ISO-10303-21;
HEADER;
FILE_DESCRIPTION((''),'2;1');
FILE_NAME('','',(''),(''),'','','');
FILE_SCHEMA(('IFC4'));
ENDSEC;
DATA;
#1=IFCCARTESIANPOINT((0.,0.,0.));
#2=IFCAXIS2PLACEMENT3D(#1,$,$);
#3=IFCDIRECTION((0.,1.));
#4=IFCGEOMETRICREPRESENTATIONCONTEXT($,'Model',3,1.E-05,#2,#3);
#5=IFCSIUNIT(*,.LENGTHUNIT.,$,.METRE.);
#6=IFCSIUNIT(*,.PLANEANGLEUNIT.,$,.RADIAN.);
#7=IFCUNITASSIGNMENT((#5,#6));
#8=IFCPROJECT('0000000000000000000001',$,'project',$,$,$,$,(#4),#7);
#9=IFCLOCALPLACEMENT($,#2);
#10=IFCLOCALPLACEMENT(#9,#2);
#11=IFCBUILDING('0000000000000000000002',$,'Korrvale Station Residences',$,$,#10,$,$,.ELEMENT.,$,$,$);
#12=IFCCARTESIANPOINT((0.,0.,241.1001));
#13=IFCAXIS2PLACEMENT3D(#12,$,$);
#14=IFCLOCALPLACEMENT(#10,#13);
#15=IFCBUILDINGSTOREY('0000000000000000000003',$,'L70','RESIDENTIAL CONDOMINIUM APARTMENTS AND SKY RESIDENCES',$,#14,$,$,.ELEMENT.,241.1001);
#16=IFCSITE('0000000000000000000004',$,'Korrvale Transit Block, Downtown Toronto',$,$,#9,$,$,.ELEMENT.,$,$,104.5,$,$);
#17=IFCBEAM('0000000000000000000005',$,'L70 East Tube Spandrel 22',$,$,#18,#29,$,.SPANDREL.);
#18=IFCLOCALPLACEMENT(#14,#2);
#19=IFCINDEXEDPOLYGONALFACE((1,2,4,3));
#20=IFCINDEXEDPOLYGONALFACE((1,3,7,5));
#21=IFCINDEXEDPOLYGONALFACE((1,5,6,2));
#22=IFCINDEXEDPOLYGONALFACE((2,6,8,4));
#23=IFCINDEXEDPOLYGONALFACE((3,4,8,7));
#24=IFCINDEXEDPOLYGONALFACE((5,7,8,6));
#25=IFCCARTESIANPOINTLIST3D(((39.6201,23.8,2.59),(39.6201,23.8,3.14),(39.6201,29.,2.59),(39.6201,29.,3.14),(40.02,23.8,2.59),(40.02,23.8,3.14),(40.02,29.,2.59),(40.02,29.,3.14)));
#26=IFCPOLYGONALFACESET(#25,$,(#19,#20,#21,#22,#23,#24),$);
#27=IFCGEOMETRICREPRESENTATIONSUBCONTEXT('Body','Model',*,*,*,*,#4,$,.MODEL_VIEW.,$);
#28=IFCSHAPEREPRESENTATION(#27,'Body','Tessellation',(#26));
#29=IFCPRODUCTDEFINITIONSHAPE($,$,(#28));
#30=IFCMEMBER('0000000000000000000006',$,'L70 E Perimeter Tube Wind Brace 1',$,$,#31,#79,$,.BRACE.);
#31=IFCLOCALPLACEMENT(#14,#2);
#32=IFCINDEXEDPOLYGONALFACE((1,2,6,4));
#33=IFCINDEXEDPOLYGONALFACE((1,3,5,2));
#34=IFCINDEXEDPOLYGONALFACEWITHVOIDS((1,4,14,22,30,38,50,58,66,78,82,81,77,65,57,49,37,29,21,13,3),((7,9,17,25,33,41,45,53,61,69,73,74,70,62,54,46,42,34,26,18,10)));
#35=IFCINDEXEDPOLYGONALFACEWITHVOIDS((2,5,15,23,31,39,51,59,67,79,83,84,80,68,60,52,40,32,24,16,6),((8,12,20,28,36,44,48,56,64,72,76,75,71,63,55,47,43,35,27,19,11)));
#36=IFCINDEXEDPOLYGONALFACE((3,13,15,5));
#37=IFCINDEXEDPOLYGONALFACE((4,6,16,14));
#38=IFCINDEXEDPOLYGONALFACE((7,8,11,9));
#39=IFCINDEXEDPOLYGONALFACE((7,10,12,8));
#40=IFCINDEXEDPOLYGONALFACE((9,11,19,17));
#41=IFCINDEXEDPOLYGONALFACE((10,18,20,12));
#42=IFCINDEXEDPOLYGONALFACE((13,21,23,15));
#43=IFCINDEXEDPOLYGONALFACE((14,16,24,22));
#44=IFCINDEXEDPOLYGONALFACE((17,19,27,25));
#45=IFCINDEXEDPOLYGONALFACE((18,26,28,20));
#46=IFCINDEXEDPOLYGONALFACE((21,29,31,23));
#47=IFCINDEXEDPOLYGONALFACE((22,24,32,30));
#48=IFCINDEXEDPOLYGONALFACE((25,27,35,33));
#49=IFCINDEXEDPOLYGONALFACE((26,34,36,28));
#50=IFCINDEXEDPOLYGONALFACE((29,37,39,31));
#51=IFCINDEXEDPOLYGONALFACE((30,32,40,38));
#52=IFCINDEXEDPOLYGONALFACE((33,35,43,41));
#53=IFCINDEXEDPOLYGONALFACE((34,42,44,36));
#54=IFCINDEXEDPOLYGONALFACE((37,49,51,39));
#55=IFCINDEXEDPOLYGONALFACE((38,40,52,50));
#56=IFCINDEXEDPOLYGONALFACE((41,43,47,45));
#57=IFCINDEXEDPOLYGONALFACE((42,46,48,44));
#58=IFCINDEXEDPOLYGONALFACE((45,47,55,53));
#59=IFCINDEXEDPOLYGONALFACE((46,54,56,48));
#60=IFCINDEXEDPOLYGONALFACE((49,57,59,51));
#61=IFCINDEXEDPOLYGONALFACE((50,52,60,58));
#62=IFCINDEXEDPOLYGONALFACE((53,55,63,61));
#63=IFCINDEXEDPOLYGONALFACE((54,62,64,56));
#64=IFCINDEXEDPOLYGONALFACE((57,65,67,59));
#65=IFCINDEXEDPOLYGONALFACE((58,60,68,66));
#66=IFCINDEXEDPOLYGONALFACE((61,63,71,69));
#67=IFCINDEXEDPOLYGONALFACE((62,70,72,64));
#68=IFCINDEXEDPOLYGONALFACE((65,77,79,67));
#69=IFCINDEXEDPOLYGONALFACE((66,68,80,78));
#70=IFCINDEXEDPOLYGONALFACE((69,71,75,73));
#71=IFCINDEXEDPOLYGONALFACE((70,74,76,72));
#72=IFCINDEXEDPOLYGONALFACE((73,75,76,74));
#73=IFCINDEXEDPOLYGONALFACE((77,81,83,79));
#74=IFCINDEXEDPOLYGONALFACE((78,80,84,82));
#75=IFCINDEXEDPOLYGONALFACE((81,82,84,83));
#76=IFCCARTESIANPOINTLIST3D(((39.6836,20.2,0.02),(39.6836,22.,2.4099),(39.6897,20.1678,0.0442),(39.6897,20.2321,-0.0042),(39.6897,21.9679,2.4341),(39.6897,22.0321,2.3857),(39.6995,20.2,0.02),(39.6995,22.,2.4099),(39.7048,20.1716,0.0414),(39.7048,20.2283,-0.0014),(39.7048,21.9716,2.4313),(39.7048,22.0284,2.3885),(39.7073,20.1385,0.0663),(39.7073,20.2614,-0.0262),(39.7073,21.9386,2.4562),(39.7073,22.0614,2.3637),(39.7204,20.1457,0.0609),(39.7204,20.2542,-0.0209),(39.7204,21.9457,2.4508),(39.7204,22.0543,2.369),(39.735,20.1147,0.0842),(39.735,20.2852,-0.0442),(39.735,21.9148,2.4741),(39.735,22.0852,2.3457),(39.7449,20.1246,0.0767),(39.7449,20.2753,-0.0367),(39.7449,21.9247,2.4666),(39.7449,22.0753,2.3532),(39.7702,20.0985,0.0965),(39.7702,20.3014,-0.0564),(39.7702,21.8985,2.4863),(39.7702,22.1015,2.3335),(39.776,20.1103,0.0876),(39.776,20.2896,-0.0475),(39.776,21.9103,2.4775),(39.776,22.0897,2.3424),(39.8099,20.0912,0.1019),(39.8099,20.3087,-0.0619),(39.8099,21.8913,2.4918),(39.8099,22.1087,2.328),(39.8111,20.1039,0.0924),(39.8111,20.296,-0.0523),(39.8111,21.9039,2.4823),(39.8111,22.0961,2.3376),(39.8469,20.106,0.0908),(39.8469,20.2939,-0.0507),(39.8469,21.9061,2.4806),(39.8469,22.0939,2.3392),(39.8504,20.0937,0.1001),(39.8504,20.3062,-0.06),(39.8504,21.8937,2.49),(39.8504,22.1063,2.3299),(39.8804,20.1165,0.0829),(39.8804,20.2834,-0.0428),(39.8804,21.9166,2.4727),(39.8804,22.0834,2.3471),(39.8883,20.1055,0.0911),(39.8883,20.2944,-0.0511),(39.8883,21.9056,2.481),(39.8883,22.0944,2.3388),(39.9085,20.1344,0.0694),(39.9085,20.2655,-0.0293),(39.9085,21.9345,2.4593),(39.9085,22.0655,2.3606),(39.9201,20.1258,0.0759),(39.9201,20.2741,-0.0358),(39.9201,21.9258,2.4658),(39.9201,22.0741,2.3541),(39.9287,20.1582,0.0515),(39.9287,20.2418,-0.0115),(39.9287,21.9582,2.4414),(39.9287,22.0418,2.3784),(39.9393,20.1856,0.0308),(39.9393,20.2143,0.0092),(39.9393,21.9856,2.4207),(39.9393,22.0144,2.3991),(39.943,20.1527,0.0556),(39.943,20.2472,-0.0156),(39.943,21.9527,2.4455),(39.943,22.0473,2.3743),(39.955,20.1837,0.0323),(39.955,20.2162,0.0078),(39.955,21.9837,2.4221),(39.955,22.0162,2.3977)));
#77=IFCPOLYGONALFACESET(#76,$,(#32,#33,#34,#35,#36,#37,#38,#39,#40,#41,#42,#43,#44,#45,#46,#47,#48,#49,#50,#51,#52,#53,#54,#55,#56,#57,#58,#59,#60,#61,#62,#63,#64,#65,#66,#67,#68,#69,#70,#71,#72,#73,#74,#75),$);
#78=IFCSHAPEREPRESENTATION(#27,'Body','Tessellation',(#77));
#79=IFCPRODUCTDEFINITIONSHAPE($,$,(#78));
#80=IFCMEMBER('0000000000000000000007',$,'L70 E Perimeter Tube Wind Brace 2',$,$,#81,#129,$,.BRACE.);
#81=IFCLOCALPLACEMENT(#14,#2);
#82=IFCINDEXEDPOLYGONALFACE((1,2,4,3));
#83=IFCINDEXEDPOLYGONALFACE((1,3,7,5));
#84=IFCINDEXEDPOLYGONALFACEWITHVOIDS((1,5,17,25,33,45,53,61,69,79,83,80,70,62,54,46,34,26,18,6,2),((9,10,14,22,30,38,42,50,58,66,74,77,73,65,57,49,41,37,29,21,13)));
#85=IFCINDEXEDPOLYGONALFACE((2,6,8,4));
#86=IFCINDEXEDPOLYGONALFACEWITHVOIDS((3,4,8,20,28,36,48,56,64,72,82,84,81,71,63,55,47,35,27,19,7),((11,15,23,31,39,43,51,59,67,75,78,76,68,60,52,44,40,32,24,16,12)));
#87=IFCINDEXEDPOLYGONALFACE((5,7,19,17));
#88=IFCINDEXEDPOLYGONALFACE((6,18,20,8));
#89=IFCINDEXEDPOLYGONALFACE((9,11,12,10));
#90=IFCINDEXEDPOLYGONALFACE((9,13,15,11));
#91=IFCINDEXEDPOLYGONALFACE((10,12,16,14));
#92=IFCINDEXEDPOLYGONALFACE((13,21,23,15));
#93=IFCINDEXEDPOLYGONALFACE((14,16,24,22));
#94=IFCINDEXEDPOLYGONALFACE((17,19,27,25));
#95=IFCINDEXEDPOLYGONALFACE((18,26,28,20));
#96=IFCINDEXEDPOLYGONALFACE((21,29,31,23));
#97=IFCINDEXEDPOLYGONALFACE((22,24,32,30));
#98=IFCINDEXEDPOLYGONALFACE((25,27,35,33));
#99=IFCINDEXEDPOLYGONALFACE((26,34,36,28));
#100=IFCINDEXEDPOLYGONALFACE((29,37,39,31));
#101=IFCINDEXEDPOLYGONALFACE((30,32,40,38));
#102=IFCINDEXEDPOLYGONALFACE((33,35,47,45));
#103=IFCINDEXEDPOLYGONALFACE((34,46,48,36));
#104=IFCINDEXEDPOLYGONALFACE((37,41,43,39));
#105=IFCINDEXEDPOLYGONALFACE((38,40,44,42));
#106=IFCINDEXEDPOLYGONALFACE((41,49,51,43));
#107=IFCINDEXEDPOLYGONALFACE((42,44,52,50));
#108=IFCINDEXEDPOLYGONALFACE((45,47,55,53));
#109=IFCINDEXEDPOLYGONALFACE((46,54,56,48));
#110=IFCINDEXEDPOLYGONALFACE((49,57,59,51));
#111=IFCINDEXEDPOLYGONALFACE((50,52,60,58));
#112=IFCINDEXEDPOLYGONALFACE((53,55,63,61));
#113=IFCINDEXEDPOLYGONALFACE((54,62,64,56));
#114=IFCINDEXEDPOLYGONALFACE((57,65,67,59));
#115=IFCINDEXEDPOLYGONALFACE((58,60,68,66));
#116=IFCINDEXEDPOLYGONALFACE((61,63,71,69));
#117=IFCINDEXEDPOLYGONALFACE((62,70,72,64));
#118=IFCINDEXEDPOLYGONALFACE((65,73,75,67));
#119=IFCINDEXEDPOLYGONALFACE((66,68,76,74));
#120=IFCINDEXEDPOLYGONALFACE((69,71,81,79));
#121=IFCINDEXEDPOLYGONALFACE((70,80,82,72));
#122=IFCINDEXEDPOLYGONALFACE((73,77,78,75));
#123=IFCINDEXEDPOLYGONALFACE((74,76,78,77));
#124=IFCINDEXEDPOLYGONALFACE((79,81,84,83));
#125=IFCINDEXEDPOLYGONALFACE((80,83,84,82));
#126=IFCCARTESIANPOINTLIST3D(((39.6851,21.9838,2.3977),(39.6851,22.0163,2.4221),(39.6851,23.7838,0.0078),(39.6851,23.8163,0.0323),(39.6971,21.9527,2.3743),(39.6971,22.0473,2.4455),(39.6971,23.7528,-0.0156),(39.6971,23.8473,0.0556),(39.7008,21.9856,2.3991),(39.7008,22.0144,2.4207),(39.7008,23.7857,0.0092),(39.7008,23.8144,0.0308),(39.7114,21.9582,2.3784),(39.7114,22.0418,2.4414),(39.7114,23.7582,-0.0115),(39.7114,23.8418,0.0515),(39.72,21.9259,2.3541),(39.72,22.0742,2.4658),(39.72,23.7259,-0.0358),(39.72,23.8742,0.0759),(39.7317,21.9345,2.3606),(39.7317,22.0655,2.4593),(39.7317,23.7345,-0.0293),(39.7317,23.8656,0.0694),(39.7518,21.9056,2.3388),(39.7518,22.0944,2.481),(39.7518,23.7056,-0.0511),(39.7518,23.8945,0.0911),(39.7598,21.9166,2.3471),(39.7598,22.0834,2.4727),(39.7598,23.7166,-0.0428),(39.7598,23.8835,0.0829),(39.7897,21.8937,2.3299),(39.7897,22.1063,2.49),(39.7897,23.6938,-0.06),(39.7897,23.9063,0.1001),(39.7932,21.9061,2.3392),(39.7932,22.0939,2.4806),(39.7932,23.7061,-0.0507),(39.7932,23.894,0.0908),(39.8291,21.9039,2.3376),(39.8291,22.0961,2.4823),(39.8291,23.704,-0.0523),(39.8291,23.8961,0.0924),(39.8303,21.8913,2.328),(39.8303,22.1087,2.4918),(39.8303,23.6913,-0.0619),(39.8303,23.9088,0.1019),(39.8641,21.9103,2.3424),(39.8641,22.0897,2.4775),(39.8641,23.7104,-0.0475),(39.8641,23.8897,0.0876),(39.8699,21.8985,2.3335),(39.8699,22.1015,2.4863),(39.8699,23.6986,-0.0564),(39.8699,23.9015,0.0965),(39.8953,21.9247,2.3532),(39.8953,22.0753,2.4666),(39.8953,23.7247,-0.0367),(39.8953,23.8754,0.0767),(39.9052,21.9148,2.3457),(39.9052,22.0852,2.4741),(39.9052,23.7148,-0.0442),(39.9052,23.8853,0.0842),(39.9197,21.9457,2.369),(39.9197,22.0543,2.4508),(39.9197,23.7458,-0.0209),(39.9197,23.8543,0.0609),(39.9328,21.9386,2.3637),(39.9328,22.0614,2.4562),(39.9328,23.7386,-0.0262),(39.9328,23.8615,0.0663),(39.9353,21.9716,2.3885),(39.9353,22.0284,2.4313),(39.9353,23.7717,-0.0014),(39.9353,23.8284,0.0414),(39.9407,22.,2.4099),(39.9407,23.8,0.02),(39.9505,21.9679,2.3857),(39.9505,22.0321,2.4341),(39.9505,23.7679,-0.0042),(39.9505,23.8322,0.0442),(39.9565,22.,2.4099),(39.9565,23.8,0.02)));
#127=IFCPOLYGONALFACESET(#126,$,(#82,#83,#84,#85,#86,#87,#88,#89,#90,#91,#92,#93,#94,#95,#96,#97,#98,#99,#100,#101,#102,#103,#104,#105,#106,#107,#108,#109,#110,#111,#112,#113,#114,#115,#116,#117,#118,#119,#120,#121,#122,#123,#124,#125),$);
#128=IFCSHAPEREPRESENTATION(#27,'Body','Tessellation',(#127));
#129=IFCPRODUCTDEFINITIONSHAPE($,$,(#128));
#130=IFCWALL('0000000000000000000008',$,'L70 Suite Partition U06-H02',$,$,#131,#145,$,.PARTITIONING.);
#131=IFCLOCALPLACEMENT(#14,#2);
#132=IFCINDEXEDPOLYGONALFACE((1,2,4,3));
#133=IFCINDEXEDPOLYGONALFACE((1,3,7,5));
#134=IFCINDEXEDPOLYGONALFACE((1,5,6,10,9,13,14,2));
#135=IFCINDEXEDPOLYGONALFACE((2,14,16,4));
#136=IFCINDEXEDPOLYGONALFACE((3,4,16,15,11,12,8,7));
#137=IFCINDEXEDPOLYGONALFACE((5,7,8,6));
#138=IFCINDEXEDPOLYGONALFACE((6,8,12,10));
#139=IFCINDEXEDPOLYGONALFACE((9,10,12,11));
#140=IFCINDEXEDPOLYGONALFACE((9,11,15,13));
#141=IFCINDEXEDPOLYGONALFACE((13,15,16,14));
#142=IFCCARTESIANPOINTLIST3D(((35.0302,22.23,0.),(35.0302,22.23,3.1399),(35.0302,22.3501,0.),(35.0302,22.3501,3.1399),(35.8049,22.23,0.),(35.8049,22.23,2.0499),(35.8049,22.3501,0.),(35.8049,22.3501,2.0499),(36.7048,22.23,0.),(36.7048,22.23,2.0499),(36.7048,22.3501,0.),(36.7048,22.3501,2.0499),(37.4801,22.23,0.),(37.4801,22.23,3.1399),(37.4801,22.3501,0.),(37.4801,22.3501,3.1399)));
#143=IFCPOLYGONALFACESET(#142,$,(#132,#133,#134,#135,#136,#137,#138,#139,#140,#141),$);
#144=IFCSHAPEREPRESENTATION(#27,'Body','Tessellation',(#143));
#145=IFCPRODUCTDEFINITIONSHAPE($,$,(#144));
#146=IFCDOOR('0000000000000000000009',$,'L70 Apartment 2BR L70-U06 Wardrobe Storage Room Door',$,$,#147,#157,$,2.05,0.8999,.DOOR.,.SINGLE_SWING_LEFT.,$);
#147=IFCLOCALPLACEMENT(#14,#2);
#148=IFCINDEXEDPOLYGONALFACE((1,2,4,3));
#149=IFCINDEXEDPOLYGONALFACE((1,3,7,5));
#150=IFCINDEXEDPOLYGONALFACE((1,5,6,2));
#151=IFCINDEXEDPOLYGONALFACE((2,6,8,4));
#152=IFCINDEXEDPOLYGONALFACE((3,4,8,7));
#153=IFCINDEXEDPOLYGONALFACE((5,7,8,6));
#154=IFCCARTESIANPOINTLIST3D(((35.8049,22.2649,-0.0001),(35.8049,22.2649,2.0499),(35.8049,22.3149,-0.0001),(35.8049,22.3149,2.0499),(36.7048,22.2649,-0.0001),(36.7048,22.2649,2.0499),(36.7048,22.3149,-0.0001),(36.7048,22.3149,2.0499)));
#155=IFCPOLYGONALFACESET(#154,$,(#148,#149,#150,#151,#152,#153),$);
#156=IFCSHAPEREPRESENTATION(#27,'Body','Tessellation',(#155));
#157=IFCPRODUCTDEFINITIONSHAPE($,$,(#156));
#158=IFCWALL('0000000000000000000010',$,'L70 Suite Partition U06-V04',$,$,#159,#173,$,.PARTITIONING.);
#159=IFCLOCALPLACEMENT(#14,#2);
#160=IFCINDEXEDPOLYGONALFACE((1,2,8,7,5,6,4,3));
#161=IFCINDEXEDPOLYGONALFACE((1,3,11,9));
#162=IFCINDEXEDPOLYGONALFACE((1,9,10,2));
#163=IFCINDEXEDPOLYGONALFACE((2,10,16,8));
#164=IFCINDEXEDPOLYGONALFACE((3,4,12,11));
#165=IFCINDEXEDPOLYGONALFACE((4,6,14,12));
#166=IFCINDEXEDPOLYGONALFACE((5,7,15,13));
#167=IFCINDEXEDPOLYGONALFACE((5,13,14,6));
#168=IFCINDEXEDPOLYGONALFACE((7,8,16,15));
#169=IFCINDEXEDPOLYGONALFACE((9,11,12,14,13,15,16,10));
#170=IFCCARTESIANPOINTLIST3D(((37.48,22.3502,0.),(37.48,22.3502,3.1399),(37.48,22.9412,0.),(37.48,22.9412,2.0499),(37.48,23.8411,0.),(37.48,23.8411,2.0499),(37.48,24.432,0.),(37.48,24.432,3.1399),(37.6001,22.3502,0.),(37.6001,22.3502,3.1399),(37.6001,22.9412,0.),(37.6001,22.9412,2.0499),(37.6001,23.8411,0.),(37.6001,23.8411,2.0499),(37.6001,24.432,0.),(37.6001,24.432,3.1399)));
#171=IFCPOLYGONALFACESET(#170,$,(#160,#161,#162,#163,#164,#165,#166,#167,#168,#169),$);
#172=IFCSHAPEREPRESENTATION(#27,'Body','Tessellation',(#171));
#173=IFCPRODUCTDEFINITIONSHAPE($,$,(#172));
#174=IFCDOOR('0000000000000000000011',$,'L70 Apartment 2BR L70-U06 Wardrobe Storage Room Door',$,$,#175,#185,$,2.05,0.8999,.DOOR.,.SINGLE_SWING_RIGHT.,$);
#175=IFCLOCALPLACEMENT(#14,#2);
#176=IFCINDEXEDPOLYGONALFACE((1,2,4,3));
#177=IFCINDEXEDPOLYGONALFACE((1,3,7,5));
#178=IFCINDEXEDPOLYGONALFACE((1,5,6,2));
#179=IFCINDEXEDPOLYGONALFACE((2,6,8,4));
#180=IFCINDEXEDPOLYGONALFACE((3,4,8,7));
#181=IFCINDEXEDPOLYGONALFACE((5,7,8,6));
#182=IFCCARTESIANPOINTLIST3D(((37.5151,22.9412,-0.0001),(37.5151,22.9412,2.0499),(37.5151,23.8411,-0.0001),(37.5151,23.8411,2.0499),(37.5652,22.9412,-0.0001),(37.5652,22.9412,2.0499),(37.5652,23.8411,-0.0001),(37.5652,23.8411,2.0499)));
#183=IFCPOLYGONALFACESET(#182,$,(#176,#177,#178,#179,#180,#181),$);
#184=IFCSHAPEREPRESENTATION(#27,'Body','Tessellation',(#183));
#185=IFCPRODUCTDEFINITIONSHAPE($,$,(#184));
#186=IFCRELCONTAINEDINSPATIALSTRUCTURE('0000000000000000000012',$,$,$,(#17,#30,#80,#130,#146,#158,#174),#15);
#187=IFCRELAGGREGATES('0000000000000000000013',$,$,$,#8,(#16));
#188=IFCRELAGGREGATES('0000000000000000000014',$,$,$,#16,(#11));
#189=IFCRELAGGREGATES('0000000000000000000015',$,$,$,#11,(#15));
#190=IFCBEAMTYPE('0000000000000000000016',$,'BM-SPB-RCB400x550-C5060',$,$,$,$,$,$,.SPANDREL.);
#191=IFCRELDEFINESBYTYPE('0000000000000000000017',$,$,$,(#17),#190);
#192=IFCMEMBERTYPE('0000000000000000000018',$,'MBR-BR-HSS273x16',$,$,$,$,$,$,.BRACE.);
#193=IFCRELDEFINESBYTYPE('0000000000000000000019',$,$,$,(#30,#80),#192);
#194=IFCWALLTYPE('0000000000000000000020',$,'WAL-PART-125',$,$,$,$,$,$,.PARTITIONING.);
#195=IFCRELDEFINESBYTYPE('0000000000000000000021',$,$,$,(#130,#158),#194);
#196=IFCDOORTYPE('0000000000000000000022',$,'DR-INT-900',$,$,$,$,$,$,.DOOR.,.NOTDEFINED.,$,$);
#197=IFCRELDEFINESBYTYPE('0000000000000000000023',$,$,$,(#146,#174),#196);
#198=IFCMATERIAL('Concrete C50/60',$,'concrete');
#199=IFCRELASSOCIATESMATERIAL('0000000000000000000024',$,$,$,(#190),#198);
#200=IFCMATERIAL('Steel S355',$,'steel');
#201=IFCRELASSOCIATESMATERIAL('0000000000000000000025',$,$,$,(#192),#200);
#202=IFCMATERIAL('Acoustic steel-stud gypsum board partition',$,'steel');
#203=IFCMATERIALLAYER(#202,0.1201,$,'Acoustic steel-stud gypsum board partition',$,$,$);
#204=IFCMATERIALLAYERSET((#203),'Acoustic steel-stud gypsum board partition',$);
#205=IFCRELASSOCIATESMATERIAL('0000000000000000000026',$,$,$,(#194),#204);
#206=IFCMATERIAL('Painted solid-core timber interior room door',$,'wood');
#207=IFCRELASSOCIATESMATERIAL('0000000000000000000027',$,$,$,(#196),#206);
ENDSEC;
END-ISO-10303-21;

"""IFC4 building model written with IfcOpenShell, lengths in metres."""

from ifc_helpers import new_model, si_unit, direction, frame, frame_2d, origin, origin_2d, place, context, subcontext, project, spatial, rectangle, hollow_circle, extrude, material, layer, layer_set, material_profile, profile_set, type_object, element, fill, save


model = new_model("IFC4")

# Units and contexts
model_context = context("Model", 3, precision=1e-05, world=origin(), true_north=direction((0.0, 1.0)))
body_context = subcontext(model_context, "Body", "Model", "MODEL_VIEW")
ifc_project = project(units=[si_unit("LENGTHUNIT", "METRE"), si_unit("PLANEANGLEUNIT", "RADIAN")], contexts=[model_context])

# Site, building, storey
site_placement = place(None, origin())
site = spatial("IfcSite", under=ifc_project, at=site_placement, Name="Korrvale Transit Block, Downtown Toronto", CompositionType="ELEMENT", RefElevation=104.5)
building_placement = place(site_placement, origin())
building = spatial("IfcBuilding", under=site, at=building_placement, Name="Korrvale Station Residences", CompositionType="ELEMENT")
storey_placement = place(building_placement, frame((0.0, 0.0, 241.1001)))
storey = spatial("IfcBuildingStorey", under=building, at=storey_placement, Name="L70", Description="RESIDENTIAL CONDOMINIUM APARTMENTS AND SKY RESIDENCES", CompositionType="ELEMENT", Elevation=241.1001)

# Shared definitions
ifc_material_1 = material(Name="Concrete C50/60", Category="concrete")

# Beam
ifc_material_2 = material(Name="Steel S355", Category="steel")
ifc_material_profile_1 = material_profile(ifc_material_1, rectangle(XDim=0.3999, YDim=0.55, at=origin_2d()), Name="RCB400x550")
ifc_profile_set_1 = profile_set([ifc_material_profile_1], Name="Concrete C50/60")
beam_type_1 = type_object("IfcBeamType", Name="BM-SPB-RCB400x550-C5060", PredefinedType="SPANDREL", material=ifc_profile_set_1)
beam_1_placement = place(storey_placement, frame((39.8201, 23.8, 2.865), z_axis=(0.0, 1.0, 0.0), x_axis=(-1.0, 0.0, 0.0)))
element("IfcBeam", 1, at=beam_1_placement, inside=storey, type_object=beam_type_1, Name="L70 East Tube Spandrel 22", PredefinedType="SPANDREL", context=body_context, shape_type="SweptSolid", body=[
    extrude(rectangle(XDim=0.3999, YDim=0.55, at=origin_2d()), origin(), (0.0, 0.0, 1.0), 5.2),
])

# Members
ifc_material_profile_2 = material_profile(ifc_material_2, hollow_circle(Radius=0.1365, WallThickness=0.0159, at=origin_2d()), Name="HSS273x16")
ifc_profile_set_2 = profile_set([ifc_material_profile_2], Name="Steel S355")
member_type = type_object("IfcMemberType", Name="MBR-BR-HSS273x16", PredefinedType="BRACE", material=ifc_profile_set_2)
for number, where, z_axis, x_axis, name in (
    (2, (39.8201, 20.2, 0.02), (0.0, 0.601631, 0.798774), (-1.0, 0.0, 0.0), "L70 E Perimeter Tube Wind Brace 1"),
    (3, (39.8201, 23.8, 0.02), (0.0, -0.601631, 0.798774), (1.0, 0.0, 0.0), "L70 E Perimeter Tube Wind Brace 2"),
):
    element("IfcMember", number, at=place(storey_placement, frame(where, z_axis=z_axis, x_axis=x_axis)), inside=storey, type_object=member_type, Name=name, PredefinedType="BRACE", context=body_context, shape_type="SweptSolid", body=[
        extrude(hollow_circle(Radius=0.1365, WallThickness=0.0159, at=origin_2d()), origin(), (0.0, 0.0, 1.0), 2.9919),
    ])

# Walls, openings, doors
ifc_material_3 = material(Name="Acoustic steel-stud gypsum board partition", Category="steel")
ifc_layer_1 = layer(ifc_material_3, 0.1201, Name="Acoustic steel-stud gypsum board partition")
ifc_layer_set_1 = layer_set([ifc_layer_1], Name="Acoustic steel-stud gypsum board partition")
wall_type_1 = type_object("IfcWallType", Name="WAL-PART-125", PredefinedType="PARTITIONING", material=ifc_layer_set_1)
wall_1_placement = place(storey_placement, frame((35.03, 22.29, 0.0), z_axis=(0.0, 0.0, 1.0), x_axis=(1.0, 0.0, 0.0)))
wall_1 = element("IfcWall", 4, at=wall_1_placement, inside=storey, type_object=wall_type_1, Name="L70 Suite Partition U06-H02", PredefinedType="PARTITIONING", context=body_context, shape_type="SweptSolid", body=[
    extrude(rectangle(XDim=2.45, YDim=0.1201, at=frame_2d((1.2251, 0.0))), origin(), (0.0, 0.0, 1.0), 3.1399),
])
opening_1_placement = place(wall_1_placement, frame((0.7749, 0.0, 0.0)))
opening_1 = element("IfcOpeningElement", 5, at=opening_1_placement, cuts=wall_1, PredefinedType="OPENING", context=body_context, shape_type="SweptSolid", body=[
    extrude(rectangle(XDim=0.8999, YDim=2.05, at=frame_2d((0.45, 1.0249))), frame((0.0, 0.0701, 0.0), z_axis=(0.0, -1.0, 0.0), x_axis=(1.0, 0.0, 0.0)), (0.0, 0.0, 1.0), 0.1401),
])
ifc_material_4 = material(Name="Painted solid-core timber interior room door", Category="wood")
door_type = type_object("IfcDoorType", Name="DR-INT-900", OperationType="NOTDEFINED", PredefinedType="DOOR", material=ifc_material_4)
door_1_placement = place(opening_1_placement, origin())
door_1 = element("IfcDoor", 6, at=door_1_placement, inside=storey, type_object=door_type, Name="L70 Apartment 2BR L70-U06 Wardrobe Storage Room Door", OperationType="SINGLE_SWING_LEFT", OverallHeight=2.05, OverallWidth=0.8999, PredefinedType="DOOR", context=body_context, shape_type="SweptSolid", body=[
    extrude(rectangle(XDim=0.8999, YDim=2.05, at=frame_2d((0.45, 1.0249))), frame((0.0, 0.0249, 0.0), z_axis=(0.0, -1.0, 0.0), x_axis=(1.0, 0.0, 0.0)), (0.0, 0.0, 1.0), 0.05),
])
fill(opening_1, door_1)
wall_2_placement = place(storey_placement, frame((37.54, 22.3501, 0.0), z_axis=(0.0, 0.0, 1.0), x_axis=(0.0, 1.0, 0.0)))
wall_2 = element("IfcWall", 7, at=wall_2_placement, inside=storey, type_object=wall_type_1, Name="L70 Suite Partition U06-V04", PredefinedType="PARTITIONING", context=body_context, shape_type="SweptSolid", body=[
    extrude(rectangle(XDim=2.0818, YDim=0.1201, at=frame_2d((1.041, 0.0))), origin(), (0.0, 0.0, 1.0), 3.1399),
])
opening_2_placement = place(wall_2_placement, frame((0.5911, 0.0, 0.0)))
opening_2 = element("IfcOpeningElement", 8, at=opening_2_placement, cuts=wall_2, PredefinedType="OPENING", context=body_context, shape_type="SweptSolid", body=[
    extrude(rectangle(XDim=0.8999, YDim=2.05, at=frame_2d((0.45, 1.0249))), frame((0.0, 0.0701, 0.0), z_axis=(0.0, -1.0, 0.0), x_axis=(1.0, 0.0, 0.0)), (0.0, 0.0, 1.0), 0.1401),
])
door_2_placement = place(opening_2_placement, origin())
door_2 = element("IfcDoor", 9, at=door_2_placement, inside=storey, type_object=door_type, Name="L70 Apartment 2BR L70-U06 Wardrobe Storage Room Door", OperationType="SINGLE_SWING_RIGHT", OverallHeight=2.05, OverallWidth=0.8999, PredefinedType="DOOR", context=body_context, shape_type="SweptSolid", body=[
    extrude(rectangle(XDim=0.8999, YDim=2.05, at=frame_2d((0.45, 1.0249))), frame((0.0, 0.0249, 0.0), z_axis=(0.0, -1.0, 0.0), x_axis=(1.0, 0.0, 0.0)), (0.0, 0.0, 1.0), 0.05),
])
fill(opening_2, door_2)

save(model, "model.ifc")
